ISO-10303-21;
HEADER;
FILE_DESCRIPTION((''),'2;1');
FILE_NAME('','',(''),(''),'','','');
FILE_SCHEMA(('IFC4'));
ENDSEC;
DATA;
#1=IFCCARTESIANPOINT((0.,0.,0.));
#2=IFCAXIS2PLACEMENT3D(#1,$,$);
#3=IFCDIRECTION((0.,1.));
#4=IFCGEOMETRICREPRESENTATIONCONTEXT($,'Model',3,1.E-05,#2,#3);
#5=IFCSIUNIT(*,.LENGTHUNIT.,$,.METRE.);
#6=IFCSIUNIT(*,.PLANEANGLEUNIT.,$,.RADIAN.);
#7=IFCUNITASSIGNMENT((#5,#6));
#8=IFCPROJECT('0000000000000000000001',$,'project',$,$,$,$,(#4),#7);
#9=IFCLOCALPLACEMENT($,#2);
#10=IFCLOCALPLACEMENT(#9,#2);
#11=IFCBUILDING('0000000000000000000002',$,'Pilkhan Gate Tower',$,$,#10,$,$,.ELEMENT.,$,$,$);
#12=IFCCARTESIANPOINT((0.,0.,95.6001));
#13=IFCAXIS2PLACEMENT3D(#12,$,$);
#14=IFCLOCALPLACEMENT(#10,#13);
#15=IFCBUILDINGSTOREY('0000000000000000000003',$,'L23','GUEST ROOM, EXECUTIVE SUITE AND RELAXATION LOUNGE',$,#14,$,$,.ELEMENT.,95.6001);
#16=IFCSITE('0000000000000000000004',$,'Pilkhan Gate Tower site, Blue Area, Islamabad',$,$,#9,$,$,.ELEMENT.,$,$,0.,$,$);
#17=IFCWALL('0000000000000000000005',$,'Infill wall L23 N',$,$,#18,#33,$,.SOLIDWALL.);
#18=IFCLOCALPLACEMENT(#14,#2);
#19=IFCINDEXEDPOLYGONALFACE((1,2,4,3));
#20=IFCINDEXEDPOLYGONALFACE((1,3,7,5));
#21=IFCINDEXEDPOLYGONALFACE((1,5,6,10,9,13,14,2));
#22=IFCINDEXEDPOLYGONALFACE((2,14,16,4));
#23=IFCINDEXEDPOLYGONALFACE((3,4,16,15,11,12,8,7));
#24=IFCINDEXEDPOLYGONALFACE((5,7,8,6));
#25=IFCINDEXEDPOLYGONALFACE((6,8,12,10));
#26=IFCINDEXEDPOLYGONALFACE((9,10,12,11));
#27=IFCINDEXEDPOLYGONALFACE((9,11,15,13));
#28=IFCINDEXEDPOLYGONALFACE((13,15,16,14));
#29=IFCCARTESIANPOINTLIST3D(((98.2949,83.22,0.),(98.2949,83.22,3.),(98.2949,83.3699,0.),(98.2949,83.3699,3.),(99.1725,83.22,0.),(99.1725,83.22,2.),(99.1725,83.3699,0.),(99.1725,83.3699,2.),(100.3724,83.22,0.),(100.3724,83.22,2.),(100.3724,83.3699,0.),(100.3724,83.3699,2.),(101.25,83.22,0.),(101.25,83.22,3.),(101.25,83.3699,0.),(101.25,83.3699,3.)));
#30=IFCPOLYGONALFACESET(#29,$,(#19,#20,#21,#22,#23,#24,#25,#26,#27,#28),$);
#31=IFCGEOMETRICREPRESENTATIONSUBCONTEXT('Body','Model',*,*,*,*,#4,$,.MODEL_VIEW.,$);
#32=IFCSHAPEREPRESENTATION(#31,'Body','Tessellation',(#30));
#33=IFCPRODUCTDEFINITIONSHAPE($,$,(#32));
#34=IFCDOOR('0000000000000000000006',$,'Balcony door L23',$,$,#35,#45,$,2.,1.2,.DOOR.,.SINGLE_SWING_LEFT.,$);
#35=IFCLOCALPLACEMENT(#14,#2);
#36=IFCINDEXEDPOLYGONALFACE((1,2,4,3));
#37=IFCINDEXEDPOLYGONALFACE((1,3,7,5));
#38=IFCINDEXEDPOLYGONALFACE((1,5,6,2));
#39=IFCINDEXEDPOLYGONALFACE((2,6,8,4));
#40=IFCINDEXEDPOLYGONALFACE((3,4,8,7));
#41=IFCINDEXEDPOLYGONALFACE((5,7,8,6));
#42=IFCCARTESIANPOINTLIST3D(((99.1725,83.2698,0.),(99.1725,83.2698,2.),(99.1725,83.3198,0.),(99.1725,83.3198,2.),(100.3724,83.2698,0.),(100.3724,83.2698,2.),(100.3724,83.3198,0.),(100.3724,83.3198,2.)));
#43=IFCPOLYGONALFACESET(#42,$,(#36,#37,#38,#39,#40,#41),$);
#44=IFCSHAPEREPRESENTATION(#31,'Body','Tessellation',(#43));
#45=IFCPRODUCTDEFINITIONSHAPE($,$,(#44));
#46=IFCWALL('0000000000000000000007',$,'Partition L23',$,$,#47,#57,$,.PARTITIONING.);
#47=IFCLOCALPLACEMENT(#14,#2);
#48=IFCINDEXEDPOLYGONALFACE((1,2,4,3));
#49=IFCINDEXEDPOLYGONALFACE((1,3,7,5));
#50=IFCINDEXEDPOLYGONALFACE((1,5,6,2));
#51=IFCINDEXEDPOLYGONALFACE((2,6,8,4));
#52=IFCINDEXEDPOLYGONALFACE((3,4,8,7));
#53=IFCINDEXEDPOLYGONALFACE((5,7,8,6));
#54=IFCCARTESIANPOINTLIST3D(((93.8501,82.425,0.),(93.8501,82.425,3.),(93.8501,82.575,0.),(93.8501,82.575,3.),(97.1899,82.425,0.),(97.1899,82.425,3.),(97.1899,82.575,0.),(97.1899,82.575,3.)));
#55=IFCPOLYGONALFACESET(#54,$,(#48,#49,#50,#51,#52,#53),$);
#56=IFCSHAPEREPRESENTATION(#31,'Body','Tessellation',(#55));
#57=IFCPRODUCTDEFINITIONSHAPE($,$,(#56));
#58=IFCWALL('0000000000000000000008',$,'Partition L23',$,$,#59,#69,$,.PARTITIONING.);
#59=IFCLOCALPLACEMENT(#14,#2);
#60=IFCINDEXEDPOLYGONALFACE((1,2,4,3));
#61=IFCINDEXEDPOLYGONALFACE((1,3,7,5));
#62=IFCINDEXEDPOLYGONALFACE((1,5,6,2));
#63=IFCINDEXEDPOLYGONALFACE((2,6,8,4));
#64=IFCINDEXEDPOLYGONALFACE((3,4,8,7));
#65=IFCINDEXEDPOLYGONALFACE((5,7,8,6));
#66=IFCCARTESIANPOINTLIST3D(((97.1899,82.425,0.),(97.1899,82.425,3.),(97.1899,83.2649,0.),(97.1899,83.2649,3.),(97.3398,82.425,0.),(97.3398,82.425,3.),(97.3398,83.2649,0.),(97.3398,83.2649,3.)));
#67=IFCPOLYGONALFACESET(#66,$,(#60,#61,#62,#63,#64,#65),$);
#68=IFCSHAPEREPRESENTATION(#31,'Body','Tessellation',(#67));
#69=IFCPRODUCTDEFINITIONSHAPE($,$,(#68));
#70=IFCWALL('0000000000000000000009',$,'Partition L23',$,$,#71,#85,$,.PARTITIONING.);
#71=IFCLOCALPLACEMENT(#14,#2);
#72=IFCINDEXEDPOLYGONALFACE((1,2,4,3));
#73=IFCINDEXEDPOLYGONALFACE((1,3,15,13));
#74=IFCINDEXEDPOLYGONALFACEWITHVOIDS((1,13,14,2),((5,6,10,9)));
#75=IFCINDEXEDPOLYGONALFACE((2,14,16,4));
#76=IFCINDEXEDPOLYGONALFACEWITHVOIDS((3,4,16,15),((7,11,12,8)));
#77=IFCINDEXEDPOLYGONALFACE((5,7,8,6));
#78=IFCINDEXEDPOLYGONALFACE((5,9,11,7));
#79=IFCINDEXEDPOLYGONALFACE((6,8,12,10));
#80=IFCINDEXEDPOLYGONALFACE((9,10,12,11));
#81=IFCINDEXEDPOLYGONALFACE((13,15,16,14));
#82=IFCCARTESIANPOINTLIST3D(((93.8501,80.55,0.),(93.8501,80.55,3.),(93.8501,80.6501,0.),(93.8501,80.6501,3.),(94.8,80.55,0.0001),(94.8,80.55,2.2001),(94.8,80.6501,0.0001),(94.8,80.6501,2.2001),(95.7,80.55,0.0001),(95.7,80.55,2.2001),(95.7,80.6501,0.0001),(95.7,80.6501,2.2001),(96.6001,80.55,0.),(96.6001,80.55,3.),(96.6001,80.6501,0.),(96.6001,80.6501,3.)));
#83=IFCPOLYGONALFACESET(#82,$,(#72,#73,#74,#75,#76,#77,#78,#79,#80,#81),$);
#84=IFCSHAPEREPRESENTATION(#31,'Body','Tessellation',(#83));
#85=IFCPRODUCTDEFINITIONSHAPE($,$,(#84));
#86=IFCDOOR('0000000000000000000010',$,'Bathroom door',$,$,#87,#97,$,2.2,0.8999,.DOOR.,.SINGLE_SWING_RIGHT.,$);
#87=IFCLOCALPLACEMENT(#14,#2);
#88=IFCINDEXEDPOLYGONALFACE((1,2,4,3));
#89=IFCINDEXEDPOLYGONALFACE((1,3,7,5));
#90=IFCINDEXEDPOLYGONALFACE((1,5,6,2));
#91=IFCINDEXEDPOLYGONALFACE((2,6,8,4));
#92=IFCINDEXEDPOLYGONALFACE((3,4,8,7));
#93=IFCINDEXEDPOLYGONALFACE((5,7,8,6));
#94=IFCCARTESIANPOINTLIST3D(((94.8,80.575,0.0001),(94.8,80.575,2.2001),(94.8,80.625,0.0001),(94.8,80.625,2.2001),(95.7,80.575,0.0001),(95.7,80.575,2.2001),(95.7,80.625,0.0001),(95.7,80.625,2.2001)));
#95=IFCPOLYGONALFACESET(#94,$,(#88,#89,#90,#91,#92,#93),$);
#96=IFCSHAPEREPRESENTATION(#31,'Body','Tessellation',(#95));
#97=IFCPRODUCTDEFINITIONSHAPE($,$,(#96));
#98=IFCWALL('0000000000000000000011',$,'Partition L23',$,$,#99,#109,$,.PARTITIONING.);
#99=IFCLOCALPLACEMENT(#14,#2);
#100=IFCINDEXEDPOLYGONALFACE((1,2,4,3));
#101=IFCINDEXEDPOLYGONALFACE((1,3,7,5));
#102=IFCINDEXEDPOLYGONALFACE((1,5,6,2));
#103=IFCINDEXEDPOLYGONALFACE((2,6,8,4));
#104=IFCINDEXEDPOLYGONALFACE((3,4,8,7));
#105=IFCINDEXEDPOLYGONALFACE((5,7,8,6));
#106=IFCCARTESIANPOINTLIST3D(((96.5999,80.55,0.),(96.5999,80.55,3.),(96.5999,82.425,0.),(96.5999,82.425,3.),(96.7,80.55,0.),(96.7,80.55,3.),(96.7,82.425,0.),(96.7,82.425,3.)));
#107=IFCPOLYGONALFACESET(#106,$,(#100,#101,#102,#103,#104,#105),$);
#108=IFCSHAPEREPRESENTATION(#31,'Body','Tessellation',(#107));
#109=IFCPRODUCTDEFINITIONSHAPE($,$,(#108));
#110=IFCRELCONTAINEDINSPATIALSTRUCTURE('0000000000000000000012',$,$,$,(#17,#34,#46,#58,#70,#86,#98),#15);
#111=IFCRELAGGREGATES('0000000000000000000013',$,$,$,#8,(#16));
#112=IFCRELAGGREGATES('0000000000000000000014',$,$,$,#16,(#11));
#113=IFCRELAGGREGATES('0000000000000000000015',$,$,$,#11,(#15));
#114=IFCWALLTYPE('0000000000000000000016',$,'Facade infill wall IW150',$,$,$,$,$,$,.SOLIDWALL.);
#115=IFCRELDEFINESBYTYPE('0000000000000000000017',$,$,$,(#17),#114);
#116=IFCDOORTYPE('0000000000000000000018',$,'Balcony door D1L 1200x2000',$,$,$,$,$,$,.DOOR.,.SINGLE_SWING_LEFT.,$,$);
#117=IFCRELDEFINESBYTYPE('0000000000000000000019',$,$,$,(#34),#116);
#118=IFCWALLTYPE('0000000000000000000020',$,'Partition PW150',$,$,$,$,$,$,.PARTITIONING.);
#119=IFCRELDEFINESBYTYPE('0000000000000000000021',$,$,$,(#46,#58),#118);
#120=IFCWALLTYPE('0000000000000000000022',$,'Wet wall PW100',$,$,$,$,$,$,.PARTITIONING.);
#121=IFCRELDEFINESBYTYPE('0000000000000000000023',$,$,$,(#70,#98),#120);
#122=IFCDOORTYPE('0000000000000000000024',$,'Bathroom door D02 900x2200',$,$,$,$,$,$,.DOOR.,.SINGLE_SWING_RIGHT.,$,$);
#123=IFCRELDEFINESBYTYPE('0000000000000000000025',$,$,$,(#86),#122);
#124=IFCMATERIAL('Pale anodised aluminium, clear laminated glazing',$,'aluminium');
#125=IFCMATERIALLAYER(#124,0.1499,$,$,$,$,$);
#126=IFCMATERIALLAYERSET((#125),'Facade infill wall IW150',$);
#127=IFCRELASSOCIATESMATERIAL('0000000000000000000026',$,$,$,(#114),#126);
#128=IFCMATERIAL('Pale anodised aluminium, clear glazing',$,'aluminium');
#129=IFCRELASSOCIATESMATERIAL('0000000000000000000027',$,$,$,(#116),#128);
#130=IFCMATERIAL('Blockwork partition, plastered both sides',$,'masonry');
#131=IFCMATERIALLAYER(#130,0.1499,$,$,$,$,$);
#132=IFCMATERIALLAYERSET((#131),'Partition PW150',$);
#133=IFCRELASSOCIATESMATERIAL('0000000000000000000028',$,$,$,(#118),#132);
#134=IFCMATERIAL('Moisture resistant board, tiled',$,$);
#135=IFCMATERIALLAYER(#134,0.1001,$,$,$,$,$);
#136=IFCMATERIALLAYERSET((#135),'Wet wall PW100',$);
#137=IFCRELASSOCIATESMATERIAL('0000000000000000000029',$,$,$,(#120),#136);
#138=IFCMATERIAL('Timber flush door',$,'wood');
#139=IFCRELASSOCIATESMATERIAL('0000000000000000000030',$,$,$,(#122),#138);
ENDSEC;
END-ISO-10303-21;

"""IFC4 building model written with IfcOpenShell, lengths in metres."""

from ifc_helpers import new_model, si_unit, direction, frame, frame_2d, origin, place, context, subcontext, project, spatial, rectangle, extrude, material, layer, layer_set, type_object, element, fill, save


model = new_model("IFC4")

# Units and contexts
model_context = context("Model", 3, precision=1e-05, world=origin(), true_north=direction((0.0, 1.0)))
body_context = subcontext(model_context, "Body", "Model", "MODEL_VIEW")
ifc_project = project(units=[si_unit("LENGTHUNIT", "METRE"), si_unit("PLANEANGLEUNIT", "RADIAN")], contexts=[model_context])

# Site, building, storey
site_placement = place(None, origin())
site = spatial("IfcSite", under=ifc_project, at=site_placement, Name="Pilkhan Gate Tower site, Blue Area, Islamabad", CompositionType="ELEMENT", RefElevation=0.0)
building_placement = place(site_placement, origin())
building = spatial("IfcBuilding", under=site, at=building_placement, Name="Pilkhan Gate Tower", CompositionType="ELEMENT")
storey_placement = place(building_placement, frame((0.0, 0.0, 95.6001)))
storey = spatial("IfcBuildingStorey", under=building, at=storey_placement, Name="L23", Description="GUEST ROOM, EXECUTIVE SUITE AND RELAXATION LOUNGE", CompositionType="ELEMENT", Elevation=95.6001)

# Wall, opening, door
ifc_material_1 = material(Name="Pale anodised aluminium, clear laminated glazing", Category="aluminium")
ifc_layer_1 = layer(ifc_material_1, 0.1499)
ifc_layer_set_1 = layer_set([ifc_layer_1], Name="Facade infill wall IW150")
wall_type_1 = type_object("IfcWallType", Name="Facade infill wall IW150", PredefinedType="SOLIDWALL", material=ifc_layer_set_1)
wall_1_placement = place(storey_placement, frame((98.2949, 83.2949, 0.0), z_axis=(0.0, 0.0, 1.0), x_axis=(1.0, 0.0, 0.0)))
wall_1 = element("IfcWall", 1, at=wall_1_placement, inside=storey, type_object=wall_type_1, Name="Infill wall L23 N", PredefinedType="SOLIDWALL", context=body_context, shape_type="SweptSolid", body=[
    extrude(rectangle(XDim=2.9551, YDim=0.1499, at=frame_2d((1.4775, 0.0))), origin(), (0.0, 0.0, 1.0), 3.0),
])
opening_1_placement = place(wall_1_placement, frame((0.8774, 0.0, 0.0)))
opening_1 = element("IfcOpeningElement", 2, at=opening_1_placement, cuts=wall_1, PredefinedType="OPENING", context=body_context, shape_type="SweptSolid", body=[
    extrude(rectangle(XDim=1.2, YDim=2.0, at=frame_2d((0.6001, 1.0))), frame((0.0, 0.085, 0.0), z_axis=(0.0, -1.0, 0.0), x_axis=(1.0, 0.0, 0.0)), (0.0, 0.0, 1.0), 0.1699),
])
ifc_material_2 = material(Name="Pale anodised aluminium, clear glazing", Category="aluminium")
door_type_1 = type_object("IfcDoorType", Name="Balcony door D1L 1200x2000", OperationType="SINGLE_SWING_LEFT", PredefinedType="DOOR", material=ifc_material_2)
door_1_placement = place(opening_1_placement, origin())
door_1 = element("IfcDoor", 3, at=door_1_placement, inside=storey, type_object=door_type_1, Name="Balcony door L23", OperationType="SINGLE_SWING_LEFT", OverallHeight=2.0, OverallWidth=1.2, PredefinedType="DOOR", context=body_context, shape_type="SweptSolid", body=[
    extrude(rectangle(XDim=1.2, YDim=2.0, at=frame_2d((0.6001, 1.0))), frame((0.0, 0.0249, 0.0), z_axis=(0.0, -1.0, 0.0), x_axis=(1.0, 0.0, 0.0)), (0.0, 0.0, 1.0), 0.05),
])
fill(opening_1, door_1)

# Walls
ifc_material_3 = material(Name="Blockwork partition, plastered both sides", Category="masonry")
ifc_layer_2 = layer(ifc_material_3, 0.1499)
ifc_layer_set_2 = layer_set([ifc_layer_2], Name="Partition PW150")
wall_type_2 = type_object("IfcWallType", Name="Partition PW150", PredefinedType="PARTITIONING", material=ifc_layer_set_2)
wall_2_placement = place(storey_placement, frame((93.8501, 82.5, 0.0), z_axis=(0.0, 0.0, 1.0), x_axis=(1.0, 0.0, 0.0)))
element("IfcWall", 4, at=wall_2_placement, inside=storey, type_object=wall_type_2, Name="Partition L23", PredefinedType="PARTITIONING", context=body_context, shape_type="SweptSolid", body=[
    extrude(rectangle(XDim=3.3398, YDim=0.1499, at=frame_2d((1.6699, 0.0))), origin(), (0.0, 0.0, 1.0), 3.0),
])
wall_3_placement = place(storey_placement, frame((97.2649, 82.425, 0.0), z_axis=(0.0, 0.0, 1.0), x_axis=(0.0, 1.0, 0.0)))
element("IfcWall", 5, at=wall_3_placement, inside=storey, type_object=wall_type_2, Name="Partition L23", PredefinedType="PARTITIONING", context=body_context, shape_type="SweptSolid", body=[
    extrude(rectangle(XDim=0.8398, YDim=0.1499, at=frame_2d((0.4199, 0.0))), origin(), (0.0, 0.0, 1.0), 3.0),
])

# Wall, opening, door
ifc_material_4 = material(Name="Moisture resistant board, tiled")
ifc_layer_3 = layer(ifc_material_4, 0.1001)
ifc_layer_set_3 = layer_set([ifc_layer_3], Name="Wet wall PW100")
wall_type_3 = type_object("IfcWallType", Name="Wet wall PW100", PredefinedType="PARTITIONING", material=ifc_layer_set_3)
wall_4_placement = place(storey_placement, frame((93.8501, 80.6001, 0.0), z_axis=(0.0, 0.0, 1.0), x_axis=(1.0, 0.0, 0.0)))
wall_4 = element("IfcWall", 6, at=wall_4_placement, inside=storey, type_object=wall_type_3, Name="Partition L23", PredefinedType="PARTITIONING", context=body_context, shape_type="SweptSolid", body=[
    extrude(rectangle(XDim=2.75, YDim=0.1001, at=frame_2d((1.375, 0.0))), origin(), (0.0, 0.0, 1.0), 3.0),
])
opening_2_placement = place(wall_4_placement, frame((0.95, 0.0, 0.0)))
opening_2 = element("IfcOpeningElement", 7, at=opening_2_placement, cuts=wall_4, PredefinedType="OPENING", context=body_context, shape_type="SweptSolid", body=[
    extrude(rectangle(XDim=0.8999, YDim=2.2, at=frame_2d((0.45, 1.1001))), frame((0.0, 0.0601, 0.0), z_axis=(0.0, -1.0, 0.0), x_axis=(1.0, 0.0, 0.0)), (0.0, 0.0, 1.0), 0.1201),
])
ifc_material_5 = material(Name="Timber flush door", Category="wood")
door_type_2 = type_object("IfcDoorType", Name="Bathroom door D02 900x2200", OperationType="SINGLE_SWING_RIGHT", PredefinedType="DOOR", material=ifc_material_5)
door_2_placement = place(opening_2_placement, origin())
door_2 = element("IfcDoor", 8, at=door_2_placement, inside=storey, type_object=door_type_2, Name="Bathroom door", OperationType="SINGLE_SWING_RIGHT", OverallHeight=2.2, OverallWidth=0.8999, PredefinedType="DOOR", context=body_context, shape_type="SweptSolid", body=[
    extrude(rectangle(XDim=0.8999, YDim=2.2, at=frame_2d((0.45, 1.1001))), frame((0.0, 0.0249, 0.0), z_axis=(0.0, -1.0, 0.0), x_axis=(1.0, 0.0, 0.0)), (0.0, 0.0, 1.0), 0.05),
])
fill(opening_2, door_2)

# Wall
wall_5_placement = place(storey_placement, frame((96.6499, 80.55, 0.0), z_axis=(0.0, 0.0, 1.0), x_axis=(0.0, 1.0, 0.0)))
element("IfcWall", 9, at=wall_5_placement, inside=storey, type_object=wall_type_3, Name="Partition L23", PredefinedType="PARTITIONING", context=body_context, shape_type="SweptSolid", body=[
    extrude(rectangle(XDim=1.875, YDim=0.1001, at=frame_2d((0.9375, 0.0))), origin(), (0.0, 0.0, 1.0), 3.0),
])

save(model, "model.ifc")
